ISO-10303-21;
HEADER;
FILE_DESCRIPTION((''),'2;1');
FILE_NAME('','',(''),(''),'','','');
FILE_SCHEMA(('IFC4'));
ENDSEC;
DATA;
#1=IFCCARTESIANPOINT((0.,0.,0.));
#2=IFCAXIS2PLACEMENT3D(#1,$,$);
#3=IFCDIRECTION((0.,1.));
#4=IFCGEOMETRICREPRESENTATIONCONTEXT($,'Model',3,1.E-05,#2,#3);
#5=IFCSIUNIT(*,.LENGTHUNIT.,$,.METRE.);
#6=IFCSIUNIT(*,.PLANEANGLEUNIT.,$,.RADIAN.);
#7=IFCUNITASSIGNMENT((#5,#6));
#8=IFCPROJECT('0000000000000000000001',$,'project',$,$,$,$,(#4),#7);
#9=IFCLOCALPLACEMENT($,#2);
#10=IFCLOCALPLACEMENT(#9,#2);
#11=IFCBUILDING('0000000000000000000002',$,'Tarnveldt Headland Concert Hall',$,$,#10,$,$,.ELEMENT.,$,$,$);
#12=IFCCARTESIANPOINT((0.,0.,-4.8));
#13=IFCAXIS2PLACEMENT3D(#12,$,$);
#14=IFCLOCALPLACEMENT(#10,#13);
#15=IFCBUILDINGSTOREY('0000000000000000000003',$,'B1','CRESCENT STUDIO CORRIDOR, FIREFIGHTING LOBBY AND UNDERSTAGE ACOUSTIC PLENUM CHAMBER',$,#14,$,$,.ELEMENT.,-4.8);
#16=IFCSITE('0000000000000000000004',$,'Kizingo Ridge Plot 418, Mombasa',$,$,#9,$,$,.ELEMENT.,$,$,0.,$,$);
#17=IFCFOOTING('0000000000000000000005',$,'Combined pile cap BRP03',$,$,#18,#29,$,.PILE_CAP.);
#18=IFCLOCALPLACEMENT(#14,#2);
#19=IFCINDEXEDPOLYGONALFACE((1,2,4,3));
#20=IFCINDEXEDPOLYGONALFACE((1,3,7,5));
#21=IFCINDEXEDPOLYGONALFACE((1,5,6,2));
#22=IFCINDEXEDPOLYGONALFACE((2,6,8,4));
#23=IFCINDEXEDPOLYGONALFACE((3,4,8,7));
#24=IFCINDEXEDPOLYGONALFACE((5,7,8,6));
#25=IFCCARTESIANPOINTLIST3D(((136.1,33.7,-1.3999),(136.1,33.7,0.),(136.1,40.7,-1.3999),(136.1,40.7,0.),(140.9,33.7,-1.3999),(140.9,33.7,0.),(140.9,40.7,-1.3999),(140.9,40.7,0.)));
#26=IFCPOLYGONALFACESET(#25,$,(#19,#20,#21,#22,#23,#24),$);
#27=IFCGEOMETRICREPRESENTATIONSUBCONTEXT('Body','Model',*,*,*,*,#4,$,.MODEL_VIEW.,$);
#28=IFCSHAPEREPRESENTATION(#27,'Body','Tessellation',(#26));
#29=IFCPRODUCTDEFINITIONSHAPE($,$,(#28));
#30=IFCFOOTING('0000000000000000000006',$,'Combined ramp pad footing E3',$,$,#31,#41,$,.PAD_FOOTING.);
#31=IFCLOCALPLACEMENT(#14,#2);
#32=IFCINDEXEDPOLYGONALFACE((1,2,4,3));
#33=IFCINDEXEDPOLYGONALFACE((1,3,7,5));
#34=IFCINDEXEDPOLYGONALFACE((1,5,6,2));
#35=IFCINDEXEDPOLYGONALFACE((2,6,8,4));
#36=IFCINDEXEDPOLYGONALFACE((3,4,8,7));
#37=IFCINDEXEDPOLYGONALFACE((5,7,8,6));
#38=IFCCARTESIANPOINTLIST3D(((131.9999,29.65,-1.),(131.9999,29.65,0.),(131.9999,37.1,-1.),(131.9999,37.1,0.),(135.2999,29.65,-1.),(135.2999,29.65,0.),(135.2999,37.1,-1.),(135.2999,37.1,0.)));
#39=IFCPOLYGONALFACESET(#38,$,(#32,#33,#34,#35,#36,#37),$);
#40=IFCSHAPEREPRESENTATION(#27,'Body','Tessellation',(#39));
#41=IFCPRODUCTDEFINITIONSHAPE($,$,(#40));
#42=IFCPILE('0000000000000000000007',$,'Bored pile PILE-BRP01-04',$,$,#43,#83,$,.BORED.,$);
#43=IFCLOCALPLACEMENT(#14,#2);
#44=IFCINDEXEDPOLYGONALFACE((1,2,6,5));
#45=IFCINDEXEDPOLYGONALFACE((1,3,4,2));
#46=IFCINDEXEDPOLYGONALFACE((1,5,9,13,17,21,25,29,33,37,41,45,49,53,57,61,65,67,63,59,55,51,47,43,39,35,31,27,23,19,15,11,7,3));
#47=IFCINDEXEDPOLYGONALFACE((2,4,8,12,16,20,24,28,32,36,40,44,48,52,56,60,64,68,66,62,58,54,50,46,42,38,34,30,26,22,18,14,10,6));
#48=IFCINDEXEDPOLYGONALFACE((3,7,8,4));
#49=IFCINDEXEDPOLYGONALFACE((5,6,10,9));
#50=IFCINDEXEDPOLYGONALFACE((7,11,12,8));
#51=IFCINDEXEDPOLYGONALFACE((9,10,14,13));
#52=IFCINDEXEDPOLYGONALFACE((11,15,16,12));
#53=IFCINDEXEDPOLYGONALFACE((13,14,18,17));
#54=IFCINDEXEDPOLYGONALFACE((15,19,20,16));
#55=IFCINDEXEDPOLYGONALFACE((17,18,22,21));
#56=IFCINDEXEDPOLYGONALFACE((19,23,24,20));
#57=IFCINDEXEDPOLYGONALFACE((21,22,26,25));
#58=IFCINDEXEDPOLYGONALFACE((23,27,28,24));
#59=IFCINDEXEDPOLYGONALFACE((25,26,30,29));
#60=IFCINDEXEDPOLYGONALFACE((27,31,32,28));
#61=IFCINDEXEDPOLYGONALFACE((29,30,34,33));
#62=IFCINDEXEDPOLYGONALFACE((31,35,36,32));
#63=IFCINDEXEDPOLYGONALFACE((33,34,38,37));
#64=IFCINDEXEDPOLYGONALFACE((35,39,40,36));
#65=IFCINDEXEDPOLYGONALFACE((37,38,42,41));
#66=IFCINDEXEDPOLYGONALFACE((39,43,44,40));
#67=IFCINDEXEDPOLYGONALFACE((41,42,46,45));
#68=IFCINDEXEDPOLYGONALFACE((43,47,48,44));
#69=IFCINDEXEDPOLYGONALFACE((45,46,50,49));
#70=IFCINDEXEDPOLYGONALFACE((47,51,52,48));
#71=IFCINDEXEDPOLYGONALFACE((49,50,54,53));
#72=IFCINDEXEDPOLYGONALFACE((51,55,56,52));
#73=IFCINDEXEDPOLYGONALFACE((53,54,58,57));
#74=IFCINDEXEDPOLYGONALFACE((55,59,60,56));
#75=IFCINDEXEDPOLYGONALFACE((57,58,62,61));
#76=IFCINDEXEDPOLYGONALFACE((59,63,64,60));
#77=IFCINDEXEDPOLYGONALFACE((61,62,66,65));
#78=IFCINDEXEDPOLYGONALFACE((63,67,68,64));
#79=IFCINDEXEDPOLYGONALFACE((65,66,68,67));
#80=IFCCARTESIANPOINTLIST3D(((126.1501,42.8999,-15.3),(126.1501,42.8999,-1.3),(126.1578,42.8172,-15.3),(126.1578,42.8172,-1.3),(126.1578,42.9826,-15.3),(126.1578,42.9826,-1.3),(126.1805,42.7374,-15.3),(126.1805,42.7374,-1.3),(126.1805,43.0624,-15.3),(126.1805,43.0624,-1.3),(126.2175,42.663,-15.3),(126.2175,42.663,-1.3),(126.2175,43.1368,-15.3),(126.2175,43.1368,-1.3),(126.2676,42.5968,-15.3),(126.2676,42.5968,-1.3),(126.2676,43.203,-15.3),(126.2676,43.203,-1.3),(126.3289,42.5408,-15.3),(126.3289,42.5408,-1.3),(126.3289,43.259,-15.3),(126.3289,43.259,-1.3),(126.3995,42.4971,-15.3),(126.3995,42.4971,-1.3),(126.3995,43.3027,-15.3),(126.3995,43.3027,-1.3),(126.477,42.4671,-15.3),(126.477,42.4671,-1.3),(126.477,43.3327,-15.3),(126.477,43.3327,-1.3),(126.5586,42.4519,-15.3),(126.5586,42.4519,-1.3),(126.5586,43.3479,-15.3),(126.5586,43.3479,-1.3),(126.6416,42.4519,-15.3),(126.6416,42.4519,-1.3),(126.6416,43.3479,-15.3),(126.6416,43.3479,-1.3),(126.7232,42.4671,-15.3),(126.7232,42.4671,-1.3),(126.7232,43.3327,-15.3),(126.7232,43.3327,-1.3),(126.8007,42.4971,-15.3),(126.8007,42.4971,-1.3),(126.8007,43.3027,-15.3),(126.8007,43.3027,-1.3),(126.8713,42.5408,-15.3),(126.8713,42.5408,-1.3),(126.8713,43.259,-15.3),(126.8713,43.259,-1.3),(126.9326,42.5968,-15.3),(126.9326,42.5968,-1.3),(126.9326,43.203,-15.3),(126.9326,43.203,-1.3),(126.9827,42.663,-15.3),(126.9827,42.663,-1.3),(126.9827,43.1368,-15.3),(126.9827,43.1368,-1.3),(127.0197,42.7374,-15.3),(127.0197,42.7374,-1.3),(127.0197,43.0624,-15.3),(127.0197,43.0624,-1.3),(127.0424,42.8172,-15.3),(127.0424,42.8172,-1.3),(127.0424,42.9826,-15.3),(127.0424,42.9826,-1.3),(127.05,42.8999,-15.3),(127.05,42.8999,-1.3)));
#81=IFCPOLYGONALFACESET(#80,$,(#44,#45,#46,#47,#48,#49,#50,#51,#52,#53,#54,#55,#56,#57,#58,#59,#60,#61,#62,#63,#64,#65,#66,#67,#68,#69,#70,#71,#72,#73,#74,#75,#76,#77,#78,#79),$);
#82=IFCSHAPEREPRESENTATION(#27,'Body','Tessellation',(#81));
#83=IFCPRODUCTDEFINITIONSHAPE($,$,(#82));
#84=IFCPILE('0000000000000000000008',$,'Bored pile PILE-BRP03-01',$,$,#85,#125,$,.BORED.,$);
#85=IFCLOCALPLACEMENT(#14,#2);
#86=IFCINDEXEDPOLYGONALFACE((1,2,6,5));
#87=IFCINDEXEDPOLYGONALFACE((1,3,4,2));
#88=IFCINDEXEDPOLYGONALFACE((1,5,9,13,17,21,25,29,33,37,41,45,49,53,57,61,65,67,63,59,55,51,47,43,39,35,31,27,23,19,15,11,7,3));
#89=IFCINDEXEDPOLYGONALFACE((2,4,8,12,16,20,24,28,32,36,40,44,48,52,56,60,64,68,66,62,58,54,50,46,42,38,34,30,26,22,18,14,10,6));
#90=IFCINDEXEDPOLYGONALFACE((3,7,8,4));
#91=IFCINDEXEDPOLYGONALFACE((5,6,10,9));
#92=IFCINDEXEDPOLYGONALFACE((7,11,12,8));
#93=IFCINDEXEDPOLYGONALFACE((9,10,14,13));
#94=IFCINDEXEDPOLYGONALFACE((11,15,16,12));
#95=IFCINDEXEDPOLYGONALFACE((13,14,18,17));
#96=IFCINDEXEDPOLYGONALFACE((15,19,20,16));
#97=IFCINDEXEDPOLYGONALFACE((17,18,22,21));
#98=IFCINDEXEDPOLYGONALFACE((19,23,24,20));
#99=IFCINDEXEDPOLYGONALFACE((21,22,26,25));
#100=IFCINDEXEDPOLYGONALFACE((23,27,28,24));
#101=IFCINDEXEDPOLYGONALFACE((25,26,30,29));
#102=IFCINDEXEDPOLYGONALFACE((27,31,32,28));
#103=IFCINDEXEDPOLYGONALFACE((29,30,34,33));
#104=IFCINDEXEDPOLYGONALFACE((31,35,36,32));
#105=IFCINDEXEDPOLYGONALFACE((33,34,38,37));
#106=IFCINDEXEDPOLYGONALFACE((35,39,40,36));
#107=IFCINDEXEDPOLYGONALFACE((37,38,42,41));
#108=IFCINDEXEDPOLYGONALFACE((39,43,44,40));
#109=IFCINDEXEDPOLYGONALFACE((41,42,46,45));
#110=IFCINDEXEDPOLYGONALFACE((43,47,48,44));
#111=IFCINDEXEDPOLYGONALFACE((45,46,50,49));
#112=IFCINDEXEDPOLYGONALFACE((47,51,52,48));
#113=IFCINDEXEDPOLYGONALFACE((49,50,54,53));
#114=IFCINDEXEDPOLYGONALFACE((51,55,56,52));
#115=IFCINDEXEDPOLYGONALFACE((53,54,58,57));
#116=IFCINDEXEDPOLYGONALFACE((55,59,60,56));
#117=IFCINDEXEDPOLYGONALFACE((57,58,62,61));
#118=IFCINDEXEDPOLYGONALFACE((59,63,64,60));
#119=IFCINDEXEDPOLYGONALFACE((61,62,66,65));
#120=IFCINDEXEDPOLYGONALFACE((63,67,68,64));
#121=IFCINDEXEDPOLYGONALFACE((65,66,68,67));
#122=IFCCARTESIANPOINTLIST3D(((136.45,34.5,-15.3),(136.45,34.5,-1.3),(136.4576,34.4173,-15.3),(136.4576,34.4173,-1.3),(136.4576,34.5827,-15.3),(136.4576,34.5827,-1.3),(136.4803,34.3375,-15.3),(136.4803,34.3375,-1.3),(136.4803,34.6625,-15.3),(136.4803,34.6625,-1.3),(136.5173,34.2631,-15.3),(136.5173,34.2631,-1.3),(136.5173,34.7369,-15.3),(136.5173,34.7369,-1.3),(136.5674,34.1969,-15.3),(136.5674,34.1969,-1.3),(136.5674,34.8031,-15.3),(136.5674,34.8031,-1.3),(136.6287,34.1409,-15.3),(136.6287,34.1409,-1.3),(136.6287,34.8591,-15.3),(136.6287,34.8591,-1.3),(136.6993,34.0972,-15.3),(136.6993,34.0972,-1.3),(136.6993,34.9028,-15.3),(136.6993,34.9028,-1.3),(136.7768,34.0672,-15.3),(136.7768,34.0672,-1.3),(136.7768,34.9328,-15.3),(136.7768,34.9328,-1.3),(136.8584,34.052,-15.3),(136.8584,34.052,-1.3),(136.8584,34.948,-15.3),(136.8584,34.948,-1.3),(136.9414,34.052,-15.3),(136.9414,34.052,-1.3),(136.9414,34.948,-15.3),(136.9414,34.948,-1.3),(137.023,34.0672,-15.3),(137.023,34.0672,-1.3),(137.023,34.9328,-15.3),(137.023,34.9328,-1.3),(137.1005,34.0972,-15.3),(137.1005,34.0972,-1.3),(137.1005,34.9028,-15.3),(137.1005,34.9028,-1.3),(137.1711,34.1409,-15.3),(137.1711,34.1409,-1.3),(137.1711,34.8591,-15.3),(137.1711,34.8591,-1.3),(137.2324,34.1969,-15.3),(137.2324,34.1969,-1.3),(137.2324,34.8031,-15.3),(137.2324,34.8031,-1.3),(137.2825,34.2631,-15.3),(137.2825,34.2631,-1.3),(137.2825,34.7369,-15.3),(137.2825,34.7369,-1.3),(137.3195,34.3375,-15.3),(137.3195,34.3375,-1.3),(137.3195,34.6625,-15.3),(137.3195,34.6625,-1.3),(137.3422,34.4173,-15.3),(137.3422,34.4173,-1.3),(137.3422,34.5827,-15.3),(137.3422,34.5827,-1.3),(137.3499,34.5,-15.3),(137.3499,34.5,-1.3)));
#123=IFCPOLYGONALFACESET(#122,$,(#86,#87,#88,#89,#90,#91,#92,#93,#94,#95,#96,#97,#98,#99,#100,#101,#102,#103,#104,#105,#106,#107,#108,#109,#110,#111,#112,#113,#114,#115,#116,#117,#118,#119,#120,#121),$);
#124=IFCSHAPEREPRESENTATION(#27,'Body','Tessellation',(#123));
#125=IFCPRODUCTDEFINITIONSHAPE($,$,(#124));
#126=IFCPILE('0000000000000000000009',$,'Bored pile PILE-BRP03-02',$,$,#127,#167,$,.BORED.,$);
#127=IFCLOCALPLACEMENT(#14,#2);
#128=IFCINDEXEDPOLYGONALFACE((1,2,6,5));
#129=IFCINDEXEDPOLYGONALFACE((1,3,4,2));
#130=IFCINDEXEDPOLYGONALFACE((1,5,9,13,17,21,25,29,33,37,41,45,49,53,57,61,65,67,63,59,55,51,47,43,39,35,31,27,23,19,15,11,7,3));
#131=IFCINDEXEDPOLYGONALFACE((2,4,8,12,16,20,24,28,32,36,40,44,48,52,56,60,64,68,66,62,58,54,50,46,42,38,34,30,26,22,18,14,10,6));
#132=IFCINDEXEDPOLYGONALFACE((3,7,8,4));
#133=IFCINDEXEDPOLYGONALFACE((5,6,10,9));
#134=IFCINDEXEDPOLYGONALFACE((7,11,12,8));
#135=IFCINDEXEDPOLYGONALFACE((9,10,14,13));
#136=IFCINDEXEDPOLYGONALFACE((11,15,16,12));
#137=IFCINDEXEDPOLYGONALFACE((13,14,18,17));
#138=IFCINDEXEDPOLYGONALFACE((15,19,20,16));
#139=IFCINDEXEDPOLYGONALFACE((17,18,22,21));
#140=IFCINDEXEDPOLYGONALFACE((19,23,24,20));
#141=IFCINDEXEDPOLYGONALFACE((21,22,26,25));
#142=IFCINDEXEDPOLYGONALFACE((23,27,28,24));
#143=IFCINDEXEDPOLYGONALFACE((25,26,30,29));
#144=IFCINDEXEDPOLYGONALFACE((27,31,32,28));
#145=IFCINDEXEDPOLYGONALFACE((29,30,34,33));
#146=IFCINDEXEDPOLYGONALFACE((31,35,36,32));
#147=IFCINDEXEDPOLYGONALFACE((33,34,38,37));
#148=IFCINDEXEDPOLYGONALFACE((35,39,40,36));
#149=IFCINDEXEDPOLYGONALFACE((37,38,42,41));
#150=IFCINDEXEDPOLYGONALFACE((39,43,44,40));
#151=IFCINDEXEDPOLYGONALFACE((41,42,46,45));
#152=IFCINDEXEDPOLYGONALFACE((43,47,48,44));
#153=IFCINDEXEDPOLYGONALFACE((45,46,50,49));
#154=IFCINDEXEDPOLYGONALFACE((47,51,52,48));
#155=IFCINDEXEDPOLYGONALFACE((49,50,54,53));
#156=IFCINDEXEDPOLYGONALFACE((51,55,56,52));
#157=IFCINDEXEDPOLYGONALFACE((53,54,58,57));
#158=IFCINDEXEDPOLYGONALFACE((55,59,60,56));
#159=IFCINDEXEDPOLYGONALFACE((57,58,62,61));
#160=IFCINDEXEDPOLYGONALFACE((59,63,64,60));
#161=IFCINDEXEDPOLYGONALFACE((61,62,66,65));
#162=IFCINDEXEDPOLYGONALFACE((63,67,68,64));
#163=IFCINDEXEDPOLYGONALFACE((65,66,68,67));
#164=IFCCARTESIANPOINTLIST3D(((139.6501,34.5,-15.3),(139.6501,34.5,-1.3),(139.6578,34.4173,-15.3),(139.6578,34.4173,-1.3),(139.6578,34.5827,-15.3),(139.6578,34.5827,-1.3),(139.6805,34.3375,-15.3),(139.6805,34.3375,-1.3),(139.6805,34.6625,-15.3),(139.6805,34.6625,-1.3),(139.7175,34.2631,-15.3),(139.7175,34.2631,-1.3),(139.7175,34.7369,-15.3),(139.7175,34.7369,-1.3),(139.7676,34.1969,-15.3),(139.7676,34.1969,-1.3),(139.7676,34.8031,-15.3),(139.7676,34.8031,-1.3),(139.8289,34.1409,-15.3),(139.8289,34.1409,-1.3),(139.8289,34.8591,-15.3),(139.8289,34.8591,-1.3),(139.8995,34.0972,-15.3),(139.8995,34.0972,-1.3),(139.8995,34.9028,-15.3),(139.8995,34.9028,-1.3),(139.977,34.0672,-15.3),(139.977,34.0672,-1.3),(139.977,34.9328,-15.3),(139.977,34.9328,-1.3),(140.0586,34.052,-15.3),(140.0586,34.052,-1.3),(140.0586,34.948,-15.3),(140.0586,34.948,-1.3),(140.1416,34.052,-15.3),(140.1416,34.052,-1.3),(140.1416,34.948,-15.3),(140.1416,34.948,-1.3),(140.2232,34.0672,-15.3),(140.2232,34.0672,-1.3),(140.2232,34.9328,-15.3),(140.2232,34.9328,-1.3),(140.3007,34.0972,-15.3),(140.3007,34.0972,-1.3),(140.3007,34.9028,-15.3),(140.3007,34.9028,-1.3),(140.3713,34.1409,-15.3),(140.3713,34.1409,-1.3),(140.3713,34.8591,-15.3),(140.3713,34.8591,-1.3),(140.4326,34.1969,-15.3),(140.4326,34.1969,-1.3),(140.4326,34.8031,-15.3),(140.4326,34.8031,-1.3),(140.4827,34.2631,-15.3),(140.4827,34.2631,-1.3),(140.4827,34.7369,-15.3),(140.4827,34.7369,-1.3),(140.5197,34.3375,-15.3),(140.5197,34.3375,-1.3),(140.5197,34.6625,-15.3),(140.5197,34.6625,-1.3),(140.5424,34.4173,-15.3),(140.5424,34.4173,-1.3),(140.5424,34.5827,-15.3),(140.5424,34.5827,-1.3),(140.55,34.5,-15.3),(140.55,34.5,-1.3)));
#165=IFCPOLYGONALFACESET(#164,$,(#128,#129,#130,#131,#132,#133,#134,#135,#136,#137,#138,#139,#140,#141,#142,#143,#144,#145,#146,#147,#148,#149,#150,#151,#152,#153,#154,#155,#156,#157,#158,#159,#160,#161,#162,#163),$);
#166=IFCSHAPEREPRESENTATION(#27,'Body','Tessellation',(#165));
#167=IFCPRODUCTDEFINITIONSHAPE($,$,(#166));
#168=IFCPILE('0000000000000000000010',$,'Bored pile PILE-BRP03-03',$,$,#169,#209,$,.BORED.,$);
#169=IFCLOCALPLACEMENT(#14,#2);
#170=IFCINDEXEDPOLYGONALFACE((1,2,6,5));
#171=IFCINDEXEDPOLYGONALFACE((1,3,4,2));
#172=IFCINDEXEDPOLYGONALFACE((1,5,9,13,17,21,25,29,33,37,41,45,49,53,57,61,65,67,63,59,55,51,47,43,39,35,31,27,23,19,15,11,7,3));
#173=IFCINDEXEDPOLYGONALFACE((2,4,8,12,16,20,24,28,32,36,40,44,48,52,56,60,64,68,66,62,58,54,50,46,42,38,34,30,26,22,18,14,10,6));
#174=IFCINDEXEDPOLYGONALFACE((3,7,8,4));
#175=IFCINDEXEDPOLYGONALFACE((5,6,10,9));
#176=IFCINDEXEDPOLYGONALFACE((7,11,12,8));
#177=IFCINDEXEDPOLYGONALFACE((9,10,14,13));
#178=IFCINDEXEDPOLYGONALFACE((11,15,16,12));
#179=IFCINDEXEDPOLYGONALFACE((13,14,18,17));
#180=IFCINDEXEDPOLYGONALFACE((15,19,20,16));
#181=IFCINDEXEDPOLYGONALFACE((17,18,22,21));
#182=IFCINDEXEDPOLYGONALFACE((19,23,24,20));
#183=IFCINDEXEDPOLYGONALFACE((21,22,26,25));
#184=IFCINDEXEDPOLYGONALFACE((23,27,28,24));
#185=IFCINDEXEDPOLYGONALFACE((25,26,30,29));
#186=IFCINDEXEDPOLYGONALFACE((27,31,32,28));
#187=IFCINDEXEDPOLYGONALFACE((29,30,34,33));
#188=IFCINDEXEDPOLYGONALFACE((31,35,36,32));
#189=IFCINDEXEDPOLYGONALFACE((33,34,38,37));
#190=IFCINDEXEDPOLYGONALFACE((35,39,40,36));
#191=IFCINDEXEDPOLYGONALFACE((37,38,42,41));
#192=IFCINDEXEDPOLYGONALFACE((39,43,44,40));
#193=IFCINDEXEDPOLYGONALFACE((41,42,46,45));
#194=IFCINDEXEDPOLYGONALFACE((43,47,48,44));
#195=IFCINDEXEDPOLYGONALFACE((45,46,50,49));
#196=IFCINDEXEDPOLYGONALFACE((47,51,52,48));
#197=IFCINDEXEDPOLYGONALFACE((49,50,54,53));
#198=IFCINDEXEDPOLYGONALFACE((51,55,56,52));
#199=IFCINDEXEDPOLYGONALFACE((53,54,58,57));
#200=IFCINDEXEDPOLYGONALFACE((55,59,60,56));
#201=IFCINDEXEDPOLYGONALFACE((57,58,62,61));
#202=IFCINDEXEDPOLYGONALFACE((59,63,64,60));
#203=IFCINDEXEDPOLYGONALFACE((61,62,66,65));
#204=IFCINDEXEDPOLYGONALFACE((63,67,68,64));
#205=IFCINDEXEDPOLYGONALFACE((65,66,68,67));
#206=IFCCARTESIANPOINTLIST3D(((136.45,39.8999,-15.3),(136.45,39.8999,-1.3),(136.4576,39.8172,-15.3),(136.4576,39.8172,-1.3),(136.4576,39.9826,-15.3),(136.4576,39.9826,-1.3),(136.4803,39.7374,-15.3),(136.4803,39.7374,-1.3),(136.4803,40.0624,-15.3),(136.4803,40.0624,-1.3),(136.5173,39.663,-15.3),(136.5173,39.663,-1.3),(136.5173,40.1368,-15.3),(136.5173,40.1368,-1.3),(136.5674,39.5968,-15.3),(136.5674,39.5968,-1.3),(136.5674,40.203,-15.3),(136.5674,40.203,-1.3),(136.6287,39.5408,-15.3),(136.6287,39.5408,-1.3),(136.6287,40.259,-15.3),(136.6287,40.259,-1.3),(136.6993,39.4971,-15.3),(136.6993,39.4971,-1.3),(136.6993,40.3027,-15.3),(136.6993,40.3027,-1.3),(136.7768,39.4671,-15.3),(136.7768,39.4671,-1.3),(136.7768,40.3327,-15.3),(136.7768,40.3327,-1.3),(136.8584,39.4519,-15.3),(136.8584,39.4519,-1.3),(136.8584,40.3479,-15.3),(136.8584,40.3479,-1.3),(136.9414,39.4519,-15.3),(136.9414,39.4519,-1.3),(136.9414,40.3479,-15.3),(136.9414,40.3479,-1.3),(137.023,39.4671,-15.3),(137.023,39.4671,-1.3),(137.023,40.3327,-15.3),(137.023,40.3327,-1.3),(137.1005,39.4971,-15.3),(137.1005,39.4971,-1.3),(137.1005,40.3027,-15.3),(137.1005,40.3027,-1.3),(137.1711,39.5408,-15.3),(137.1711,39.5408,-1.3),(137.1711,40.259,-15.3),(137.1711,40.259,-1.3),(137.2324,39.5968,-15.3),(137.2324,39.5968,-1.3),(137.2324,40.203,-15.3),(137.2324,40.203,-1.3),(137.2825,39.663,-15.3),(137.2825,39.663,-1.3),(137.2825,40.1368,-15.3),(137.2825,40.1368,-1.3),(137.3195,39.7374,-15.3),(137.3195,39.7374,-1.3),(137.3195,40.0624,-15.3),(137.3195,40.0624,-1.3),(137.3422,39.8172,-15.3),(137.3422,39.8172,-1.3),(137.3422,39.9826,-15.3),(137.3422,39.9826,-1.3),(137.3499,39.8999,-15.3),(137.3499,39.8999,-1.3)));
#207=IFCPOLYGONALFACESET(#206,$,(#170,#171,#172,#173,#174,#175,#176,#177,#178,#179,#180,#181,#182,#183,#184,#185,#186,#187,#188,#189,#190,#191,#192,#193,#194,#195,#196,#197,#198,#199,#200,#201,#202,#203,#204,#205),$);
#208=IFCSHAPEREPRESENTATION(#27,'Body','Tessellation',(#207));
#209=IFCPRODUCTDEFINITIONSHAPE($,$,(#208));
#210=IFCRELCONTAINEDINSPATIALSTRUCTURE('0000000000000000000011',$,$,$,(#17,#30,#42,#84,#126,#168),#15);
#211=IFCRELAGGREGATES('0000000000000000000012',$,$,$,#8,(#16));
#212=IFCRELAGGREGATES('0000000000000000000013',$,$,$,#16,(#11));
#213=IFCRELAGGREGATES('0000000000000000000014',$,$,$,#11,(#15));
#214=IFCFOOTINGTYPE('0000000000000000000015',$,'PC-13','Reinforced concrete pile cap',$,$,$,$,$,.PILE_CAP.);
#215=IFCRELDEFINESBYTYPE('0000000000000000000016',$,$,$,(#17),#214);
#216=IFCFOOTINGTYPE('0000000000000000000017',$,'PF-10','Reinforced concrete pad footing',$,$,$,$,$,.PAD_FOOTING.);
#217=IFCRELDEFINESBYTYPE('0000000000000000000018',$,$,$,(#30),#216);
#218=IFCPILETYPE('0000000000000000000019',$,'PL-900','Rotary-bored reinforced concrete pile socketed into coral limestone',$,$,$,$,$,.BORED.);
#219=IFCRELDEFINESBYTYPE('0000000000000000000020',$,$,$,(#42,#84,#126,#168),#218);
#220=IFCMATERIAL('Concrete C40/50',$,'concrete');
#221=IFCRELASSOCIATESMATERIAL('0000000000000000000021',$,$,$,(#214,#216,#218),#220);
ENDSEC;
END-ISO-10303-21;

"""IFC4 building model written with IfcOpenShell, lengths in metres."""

from ifc_helpers import new_model, si_unit, direction, frame, origin, origin_2d, place, context, subcontext, project, spatial, rectangle, circle, extrude, material, material_profile, profile_set, type_object, element, save


model = new_model("IFC4")

# Units and contexts
model_context = context("Model", 3, precision=1e-05, world=origin(), true_north=direction((0.0, 1.0)))
body_context = subcontext(model_context, "Body", "Model", "MODEL_VIEW")
ifc_project = project(units=[si_unit("LENGTHUNIT", "METRE"), si_unit("PLANEANGLEUNIT", "RADIAN")], contexts=[model_context])

# Site, building, storey
site_placement = place(None, origin())
site = spatial("IfcSite", under=ifc_project, at=site_placement, Name="Kizingo Ridge Plot 418, Mombasa", CompositionType="ELEMENT", RefElevation=0.0)
building_placement = place(site_placement, origin())
building = spatial("IfcBuilding", under=site, at=building_placement, Name="Tarnveldt Headland Concert Hall", CompositionType="ELEMENT")
storey_placement = place(building_placement, frame((0.0, 0.0, -4.8)))
storey = spatial("IfcBuildingStorey", under=building, at=storey_placement, Name="B1", Description="CRESCENT STUDIO CORRIDOR, FIREFIGHTING LOBBY AND UNDERSTAGE ACOUSTIC PLENUM CHAMBER", CompositionType="ELEMENT", Elevation=-4.8)

# Footings
ifc_material = material(Name="Concrete C40/50", Category="concrete")
footing_type_1 = type_object("IfcFootingType", Name="PC-13", Description="Reinforced concrete pile cap", PredefinedType="PILE_CAP", material=ifc_material)
footing_1_placement = place(storey_placement, frame((138.5, 37.2, -1.3999), z_axis=(0.0, 0.0, 1.0), x_axis=(1.0, 0.0, 0.0)))
element("IfcFooting", 1, at=footing_1_placement, inside=storey, type_object=footing_type_1, Name="Combined pile cap BRP03", PredefinedType="PILE_CAP", context=body_context, shape_type="SweptSolid", body=[
    extrude(rectangle(XDim=4.8, YDim=7.0, at=origin_2d()), origin(), (0.0, 0.0, 1.0), 1.3999),
])
footing_type_2 = type_object("IfcFootingType", Name="PF-10", Description="Reinforced concrete pad footing", PredefinedType="PAD_FOOTING", material=ifc_material)
footing_2_placement = place(storey_placement, frame((133.6499, 33.375, -1.0), z_axis=(0.0, 0.0, 1.0), x_axis=(1.0, 0.0, 0.0)))
element("IfcFooting", 2, at=footing_2_placement, inside=storey, type_object=footing_type_2, Name="Combined ramp pad footing E3", PredefinedType="PAD_FOOTING", context=body_context, shape_type="SweptSolid", body=[
    extrude(rectangle(XDim=3.3, YDim=7.45, at=origin_2d()), origin(), (0.0, 0.0, 1.0), 1.0),
])

# Piles
ifc_material_profile_1 = material_profile(ifc_material, circle(Radius=0.45, at=origin_2d()), Name="BORED PILE D900", Category="concrete")
ifc_profile_set_1 = profile_set([ifc_material_profile_1], Name="Concrete C40/50")
pile_type = type_object("IfcPileType", Name="PL-900", Description="Rotary-bored reinforced concrete pile socketed into coral limestone", PredefinedType="BORED", material=ifc_profile_set_1)
for number, where, z_axis, x_axis, name in (
    (3, (126.6001, 42.8999, -1.3), (0.0, 0.0, -1.0), (1.0, 0.0, 0.0), "Bored pile PILE-BRP01-04"),
    (4, (136.8999, 34.5, -1.3), (0.0, 0.0, -1.0), (1.0, 0.0, 0.0), "Bored pile PILE-BRP03-01"),
    (5, (140.1001, 34.5, -1.3), (0.0, 0.0, -1.0), (1.0, 0.0, 0.0), "Bored pile PILE-BRP03-02"),
    (6, (136.8999, 39.8999, -1.3), (0.0, 0.0, -1.0), (1.0, 0.0, 0.0), "Bored pile PILE-BRP03-03"),
):
    element("IfcPile", number, at=place(storey_placement, frame(where, z_axis=z_axis, x_axis=x_axis)), inside=storey, type_object=pile_type, Name=name, PredefinedType="BORED", context=body_context, shape_type="SweptSolid", body=[
        extrude(circle(Radius=0.45, at=origin_2d()), origin(), (0.0, 0.0, 1.0), 14.0),
    ])

save(model, "model.ifc")
